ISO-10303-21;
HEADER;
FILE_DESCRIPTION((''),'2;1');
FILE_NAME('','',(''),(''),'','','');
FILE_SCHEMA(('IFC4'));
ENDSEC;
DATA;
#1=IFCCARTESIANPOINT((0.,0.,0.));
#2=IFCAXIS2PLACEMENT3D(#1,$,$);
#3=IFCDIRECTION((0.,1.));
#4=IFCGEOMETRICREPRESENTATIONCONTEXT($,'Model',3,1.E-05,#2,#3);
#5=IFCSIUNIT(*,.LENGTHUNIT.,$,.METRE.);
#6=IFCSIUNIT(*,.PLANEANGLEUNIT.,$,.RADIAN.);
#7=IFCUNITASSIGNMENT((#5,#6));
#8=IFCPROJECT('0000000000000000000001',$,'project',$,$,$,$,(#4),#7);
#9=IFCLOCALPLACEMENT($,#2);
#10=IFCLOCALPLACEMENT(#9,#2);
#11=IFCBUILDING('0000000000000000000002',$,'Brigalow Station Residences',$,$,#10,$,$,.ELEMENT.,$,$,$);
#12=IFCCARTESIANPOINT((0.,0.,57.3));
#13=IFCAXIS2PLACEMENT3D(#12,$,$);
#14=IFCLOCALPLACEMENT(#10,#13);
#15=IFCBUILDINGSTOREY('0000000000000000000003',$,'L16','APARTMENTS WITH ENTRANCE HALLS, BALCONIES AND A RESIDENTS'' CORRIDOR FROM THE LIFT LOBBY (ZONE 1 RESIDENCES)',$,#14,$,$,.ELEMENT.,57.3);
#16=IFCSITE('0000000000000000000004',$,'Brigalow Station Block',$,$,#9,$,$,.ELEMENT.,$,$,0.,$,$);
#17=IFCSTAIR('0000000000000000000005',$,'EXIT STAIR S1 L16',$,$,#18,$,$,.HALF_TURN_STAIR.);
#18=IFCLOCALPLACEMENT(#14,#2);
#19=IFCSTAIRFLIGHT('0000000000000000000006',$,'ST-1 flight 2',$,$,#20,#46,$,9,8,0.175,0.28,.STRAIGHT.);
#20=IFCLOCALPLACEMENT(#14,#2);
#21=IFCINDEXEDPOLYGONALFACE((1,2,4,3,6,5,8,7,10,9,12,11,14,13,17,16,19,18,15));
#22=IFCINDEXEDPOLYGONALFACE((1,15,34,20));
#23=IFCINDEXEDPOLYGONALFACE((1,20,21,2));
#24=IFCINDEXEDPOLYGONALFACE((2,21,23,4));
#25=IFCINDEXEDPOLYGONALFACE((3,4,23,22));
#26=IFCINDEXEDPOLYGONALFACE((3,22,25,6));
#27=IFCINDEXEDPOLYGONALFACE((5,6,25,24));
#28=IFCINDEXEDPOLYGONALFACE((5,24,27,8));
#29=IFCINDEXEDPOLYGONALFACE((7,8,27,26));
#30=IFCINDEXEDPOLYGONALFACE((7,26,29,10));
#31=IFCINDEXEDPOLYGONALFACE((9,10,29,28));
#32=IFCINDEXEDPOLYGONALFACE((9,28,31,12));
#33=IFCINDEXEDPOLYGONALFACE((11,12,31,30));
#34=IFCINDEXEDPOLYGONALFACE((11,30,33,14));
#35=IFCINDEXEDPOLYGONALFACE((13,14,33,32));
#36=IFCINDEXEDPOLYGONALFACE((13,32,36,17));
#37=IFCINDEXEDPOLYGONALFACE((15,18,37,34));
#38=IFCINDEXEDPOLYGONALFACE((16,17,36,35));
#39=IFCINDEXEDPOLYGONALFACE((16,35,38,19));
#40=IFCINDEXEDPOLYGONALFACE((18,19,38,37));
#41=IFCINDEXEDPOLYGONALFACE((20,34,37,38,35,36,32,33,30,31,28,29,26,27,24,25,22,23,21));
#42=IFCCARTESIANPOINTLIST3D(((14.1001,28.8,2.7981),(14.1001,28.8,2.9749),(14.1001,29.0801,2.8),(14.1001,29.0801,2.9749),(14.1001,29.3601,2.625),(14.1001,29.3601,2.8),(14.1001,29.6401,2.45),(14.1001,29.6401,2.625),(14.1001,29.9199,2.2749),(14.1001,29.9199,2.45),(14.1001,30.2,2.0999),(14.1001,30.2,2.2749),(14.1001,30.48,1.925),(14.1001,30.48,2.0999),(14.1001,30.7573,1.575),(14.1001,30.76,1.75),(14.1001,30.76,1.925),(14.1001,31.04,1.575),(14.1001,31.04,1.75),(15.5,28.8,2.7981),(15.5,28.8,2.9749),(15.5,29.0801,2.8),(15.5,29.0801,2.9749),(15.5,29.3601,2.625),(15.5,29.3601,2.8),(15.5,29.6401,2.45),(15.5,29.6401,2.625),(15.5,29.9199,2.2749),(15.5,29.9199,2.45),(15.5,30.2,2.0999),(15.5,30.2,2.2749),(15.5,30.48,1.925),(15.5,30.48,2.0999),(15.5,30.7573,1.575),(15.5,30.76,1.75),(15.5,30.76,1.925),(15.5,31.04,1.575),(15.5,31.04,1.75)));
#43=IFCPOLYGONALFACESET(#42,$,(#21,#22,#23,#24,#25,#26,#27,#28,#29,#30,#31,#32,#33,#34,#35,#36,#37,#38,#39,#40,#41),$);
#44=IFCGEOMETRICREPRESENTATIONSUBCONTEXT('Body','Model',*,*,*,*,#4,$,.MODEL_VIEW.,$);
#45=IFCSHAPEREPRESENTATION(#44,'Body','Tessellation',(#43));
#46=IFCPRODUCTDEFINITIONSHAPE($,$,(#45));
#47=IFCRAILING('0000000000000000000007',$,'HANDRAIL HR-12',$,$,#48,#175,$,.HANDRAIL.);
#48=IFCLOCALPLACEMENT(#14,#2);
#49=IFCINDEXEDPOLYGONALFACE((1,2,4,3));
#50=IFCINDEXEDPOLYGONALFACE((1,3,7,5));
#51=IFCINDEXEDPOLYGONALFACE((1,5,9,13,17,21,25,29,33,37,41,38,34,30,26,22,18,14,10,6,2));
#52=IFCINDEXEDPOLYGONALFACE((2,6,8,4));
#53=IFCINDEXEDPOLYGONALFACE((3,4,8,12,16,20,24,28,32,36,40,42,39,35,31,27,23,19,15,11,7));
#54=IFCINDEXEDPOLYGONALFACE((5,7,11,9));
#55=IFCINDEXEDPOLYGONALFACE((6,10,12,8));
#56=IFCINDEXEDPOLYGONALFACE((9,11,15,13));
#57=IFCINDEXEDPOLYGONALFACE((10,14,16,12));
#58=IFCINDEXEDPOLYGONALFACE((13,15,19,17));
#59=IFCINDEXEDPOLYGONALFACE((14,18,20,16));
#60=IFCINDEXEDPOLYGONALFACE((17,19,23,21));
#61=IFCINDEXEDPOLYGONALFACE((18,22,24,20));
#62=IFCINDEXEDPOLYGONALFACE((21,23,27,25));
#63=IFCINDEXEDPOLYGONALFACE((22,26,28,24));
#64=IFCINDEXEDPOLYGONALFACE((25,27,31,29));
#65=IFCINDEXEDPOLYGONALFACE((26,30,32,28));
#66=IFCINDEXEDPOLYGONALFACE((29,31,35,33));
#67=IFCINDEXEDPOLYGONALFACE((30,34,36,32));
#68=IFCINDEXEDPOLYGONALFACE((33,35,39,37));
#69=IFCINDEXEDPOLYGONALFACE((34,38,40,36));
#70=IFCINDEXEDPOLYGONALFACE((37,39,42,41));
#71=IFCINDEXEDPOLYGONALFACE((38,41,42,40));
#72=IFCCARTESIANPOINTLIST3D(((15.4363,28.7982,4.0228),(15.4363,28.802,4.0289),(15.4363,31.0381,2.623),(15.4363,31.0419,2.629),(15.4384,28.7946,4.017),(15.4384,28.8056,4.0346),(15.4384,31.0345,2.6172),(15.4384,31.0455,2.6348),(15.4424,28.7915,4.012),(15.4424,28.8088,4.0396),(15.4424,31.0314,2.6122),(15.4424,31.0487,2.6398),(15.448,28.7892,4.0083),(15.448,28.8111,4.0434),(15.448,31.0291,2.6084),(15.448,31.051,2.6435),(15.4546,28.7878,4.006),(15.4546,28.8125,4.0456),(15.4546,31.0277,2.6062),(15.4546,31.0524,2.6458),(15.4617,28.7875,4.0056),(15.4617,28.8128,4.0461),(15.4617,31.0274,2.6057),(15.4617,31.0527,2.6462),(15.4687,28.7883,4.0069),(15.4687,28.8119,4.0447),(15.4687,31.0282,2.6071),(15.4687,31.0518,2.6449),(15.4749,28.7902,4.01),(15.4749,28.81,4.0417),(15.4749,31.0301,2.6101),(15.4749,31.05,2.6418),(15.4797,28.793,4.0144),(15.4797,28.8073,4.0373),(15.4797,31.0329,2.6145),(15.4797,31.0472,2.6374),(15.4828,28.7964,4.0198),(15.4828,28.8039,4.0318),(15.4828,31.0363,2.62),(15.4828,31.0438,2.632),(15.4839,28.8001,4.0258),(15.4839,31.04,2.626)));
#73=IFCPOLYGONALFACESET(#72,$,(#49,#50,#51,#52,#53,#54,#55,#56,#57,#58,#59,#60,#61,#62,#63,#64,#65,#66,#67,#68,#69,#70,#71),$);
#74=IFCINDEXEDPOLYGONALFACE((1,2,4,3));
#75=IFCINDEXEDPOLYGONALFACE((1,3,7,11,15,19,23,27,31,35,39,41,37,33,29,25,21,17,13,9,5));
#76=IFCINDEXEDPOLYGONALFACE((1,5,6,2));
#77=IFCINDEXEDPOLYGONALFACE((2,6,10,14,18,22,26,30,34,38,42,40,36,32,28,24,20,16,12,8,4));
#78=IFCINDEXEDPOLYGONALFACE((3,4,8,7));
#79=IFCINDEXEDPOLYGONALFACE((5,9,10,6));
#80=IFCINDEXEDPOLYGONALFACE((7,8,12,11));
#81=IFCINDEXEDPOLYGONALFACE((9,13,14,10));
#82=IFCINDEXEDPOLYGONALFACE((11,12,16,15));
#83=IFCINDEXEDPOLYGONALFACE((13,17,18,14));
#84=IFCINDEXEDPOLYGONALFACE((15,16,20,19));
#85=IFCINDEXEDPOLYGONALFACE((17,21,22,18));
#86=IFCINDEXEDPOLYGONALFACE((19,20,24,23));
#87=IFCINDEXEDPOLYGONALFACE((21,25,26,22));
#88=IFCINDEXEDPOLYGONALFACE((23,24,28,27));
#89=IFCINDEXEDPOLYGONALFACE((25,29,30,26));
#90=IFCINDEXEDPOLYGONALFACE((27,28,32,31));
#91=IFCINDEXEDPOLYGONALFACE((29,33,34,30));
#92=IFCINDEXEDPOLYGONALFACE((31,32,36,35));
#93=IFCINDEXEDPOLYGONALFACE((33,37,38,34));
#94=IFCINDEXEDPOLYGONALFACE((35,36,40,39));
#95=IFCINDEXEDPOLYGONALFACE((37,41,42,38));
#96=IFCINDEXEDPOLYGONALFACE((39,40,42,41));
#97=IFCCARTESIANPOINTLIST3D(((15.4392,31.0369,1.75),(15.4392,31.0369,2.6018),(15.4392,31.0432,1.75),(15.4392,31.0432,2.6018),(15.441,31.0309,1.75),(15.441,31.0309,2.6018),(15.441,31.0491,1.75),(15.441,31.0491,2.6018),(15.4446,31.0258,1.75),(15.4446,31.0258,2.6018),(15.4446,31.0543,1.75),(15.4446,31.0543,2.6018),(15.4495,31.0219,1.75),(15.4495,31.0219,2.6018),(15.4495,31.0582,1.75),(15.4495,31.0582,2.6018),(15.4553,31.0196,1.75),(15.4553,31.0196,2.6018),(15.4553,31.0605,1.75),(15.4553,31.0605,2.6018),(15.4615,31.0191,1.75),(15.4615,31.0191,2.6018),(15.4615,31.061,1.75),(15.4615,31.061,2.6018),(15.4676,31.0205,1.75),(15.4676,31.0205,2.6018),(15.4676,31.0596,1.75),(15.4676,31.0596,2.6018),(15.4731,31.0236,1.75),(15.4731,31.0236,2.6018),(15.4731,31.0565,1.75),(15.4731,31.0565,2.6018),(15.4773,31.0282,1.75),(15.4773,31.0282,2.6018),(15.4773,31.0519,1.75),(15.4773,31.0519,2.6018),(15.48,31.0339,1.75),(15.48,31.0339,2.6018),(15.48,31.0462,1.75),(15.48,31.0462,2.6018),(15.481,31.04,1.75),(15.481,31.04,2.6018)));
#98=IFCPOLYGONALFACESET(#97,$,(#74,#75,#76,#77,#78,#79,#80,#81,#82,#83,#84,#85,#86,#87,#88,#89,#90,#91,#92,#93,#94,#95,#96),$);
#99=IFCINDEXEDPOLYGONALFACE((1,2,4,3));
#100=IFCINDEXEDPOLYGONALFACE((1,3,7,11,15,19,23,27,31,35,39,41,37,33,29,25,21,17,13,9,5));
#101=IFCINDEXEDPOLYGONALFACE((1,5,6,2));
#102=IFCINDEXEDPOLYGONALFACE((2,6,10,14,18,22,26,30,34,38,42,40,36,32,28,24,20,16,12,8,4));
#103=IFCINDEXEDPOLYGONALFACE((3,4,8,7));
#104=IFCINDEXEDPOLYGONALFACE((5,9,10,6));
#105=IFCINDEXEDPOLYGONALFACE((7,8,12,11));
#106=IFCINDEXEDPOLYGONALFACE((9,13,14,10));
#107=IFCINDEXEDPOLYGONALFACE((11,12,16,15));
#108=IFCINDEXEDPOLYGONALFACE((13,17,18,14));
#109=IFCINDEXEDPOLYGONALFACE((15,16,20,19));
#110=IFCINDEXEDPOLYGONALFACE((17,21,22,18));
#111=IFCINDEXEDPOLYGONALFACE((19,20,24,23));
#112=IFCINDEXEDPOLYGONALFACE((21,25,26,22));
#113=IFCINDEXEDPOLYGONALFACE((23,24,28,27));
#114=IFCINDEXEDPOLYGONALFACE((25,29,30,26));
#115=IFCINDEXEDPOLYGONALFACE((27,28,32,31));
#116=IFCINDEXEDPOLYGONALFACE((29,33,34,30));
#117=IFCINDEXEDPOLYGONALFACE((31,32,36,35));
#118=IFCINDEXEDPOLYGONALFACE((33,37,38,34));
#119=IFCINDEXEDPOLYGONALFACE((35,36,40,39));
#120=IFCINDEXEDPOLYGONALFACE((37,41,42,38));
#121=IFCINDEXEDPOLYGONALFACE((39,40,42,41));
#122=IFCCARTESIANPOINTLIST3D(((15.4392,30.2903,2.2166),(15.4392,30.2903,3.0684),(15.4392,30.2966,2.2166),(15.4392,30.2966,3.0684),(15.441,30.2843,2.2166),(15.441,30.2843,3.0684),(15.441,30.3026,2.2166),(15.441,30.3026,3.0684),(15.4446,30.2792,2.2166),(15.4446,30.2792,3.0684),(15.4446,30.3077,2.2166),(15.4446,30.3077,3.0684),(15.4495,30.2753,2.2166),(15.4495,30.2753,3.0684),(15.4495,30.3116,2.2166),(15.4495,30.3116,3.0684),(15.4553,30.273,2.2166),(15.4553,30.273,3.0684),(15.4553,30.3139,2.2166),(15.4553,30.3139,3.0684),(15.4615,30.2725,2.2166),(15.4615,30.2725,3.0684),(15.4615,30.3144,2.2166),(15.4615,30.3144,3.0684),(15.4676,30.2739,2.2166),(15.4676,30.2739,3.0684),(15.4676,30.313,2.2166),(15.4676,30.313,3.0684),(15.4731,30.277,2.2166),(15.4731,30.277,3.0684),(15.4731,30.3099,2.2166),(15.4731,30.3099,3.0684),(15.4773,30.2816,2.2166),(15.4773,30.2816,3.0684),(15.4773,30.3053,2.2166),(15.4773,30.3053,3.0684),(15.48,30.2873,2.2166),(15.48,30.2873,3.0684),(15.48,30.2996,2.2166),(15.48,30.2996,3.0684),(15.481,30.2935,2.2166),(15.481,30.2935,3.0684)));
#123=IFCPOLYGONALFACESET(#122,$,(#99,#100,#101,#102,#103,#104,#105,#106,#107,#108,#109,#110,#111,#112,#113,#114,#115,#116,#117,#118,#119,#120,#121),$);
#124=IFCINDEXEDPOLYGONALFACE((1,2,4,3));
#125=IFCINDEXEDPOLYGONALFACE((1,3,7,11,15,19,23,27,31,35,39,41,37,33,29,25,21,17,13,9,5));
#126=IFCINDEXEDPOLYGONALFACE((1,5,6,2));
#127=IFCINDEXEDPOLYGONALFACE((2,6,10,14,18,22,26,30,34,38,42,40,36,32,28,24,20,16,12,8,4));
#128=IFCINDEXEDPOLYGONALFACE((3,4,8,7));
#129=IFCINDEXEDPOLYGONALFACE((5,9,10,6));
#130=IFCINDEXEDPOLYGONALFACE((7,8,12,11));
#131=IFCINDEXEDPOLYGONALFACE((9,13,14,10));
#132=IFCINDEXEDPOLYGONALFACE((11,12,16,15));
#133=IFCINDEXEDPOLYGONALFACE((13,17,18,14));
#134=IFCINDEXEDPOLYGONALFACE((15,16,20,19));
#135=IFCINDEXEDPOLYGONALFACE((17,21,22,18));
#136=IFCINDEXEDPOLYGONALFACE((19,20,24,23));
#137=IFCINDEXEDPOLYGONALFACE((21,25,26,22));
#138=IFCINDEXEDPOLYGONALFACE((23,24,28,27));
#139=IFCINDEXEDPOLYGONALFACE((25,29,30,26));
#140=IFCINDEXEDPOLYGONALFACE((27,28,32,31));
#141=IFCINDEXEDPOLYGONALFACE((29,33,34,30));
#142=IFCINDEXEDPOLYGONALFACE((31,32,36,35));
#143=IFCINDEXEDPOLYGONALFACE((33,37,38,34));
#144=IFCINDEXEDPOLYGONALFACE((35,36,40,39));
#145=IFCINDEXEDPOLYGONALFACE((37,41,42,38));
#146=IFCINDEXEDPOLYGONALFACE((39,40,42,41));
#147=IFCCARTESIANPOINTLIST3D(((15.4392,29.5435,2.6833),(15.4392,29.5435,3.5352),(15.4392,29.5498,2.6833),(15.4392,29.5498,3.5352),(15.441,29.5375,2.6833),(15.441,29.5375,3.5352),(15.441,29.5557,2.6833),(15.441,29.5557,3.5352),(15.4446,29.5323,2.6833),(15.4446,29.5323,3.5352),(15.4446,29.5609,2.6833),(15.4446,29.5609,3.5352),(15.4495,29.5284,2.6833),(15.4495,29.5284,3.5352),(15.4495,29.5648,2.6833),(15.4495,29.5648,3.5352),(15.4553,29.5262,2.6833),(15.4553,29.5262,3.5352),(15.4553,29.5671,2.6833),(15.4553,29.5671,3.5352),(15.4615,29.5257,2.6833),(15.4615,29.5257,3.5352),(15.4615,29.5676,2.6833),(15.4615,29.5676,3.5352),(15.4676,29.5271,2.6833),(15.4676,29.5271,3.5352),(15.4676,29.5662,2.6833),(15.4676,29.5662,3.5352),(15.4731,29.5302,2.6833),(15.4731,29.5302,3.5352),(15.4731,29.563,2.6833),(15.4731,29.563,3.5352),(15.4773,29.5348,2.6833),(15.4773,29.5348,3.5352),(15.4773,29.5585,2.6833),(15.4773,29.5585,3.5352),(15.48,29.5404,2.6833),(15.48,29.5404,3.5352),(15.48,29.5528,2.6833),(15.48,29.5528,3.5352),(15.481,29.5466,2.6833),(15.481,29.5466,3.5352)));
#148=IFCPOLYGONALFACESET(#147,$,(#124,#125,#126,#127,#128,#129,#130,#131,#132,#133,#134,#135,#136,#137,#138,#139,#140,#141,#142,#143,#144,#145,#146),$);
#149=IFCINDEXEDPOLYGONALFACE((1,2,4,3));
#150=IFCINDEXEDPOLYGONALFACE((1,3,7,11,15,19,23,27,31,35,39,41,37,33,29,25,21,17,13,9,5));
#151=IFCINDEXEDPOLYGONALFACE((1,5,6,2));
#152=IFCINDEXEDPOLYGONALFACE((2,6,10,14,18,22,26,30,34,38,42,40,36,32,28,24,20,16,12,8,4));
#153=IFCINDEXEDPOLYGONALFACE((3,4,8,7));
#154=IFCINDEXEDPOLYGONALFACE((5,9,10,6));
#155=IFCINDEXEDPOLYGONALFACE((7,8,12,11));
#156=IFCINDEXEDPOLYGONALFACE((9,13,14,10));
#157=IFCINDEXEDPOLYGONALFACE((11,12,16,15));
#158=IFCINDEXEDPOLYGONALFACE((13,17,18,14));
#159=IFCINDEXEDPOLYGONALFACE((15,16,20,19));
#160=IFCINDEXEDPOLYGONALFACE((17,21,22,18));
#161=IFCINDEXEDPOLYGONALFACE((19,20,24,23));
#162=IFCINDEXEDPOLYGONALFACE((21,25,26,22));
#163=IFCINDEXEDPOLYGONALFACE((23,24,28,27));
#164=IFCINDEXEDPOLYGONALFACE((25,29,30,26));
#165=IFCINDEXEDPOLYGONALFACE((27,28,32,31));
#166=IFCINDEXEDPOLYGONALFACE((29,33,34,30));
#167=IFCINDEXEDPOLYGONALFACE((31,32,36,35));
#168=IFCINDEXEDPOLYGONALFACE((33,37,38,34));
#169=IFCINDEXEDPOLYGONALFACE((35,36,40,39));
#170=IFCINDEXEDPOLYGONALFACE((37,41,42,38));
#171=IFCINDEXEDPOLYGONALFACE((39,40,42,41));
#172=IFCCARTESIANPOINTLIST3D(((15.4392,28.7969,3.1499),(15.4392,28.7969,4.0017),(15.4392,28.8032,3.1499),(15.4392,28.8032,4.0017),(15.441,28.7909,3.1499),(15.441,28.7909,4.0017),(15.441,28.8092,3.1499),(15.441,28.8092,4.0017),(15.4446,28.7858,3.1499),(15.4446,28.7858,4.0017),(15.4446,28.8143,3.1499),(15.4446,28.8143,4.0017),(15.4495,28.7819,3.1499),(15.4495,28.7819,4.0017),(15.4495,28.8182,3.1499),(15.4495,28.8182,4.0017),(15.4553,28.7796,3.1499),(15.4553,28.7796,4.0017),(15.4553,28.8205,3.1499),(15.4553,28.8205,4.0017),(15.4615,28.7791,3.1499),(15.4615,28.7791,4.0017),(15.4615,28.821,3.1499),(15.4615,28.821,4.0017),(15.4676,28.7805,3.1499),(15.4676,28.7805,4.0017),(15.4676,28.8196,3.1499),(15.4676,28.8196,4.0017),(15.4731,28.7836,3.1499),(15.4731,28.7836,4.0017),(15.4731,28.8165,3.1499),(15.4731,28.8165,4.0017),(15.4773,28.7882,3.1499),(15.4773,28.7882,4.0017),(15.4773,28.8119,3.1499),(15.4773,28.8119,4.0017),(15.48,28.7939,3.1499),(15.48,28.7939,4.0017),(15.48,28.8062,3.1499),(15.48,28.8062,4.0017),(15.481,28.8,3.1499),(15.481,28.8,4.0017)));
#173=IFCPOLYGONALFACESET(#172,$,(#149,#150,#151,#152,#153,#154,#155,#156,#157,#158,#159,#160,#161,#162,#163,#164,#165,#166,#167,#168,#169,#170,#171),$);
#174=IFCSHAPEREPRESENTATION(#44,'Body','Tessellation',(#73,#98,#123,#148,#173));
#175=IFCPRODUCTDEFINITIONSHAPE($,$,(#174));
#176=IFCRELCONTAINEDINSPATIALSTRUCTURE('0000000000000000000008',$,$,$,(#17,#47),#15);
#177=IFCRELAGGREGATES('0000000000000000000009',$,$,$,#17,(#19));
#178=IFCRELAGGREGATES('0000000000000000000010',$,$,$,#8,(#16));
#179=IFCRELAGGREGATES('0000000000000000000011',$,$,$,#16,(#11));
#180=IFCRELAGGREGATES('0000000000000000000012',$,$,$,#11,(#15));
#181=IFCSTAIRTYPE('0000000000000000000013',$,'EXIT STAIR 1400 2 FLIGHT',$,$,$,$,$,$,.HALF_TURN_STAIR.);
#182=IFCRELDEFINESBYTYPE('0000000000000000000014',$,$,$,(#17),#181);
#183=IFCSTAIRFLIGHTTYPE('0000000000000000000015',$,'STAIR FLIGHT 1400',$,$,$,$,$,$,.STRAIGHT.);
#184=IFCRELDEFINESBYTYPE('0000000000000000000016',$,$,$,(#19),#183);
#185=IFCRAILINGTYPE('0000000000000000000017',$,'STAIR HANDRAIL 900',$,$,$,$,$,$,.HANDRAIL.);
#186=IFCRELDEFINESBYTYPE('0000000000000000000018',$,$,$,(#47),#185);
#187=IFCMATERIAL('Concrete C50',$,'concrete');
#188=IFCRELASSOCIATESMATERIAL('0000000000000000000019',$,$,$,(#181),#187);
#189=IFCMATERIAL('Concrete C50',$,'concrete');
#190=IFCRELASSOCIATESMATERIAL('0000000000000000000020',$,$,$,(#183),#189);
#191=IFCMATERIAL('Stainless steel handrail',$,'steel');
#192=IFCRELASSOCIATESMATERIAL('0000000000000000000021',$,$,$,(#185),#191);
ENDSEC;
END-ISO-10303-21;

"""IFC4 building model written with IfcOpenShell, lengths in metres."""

from ifc_helpers import new_model, si_unit, direction, frame, origin, origin_2d, place, context, subcontext, project, spatial, polyline, circle, outline, extrude, material, type_object, element, aggregate, save


model = new_model("IFC4")

# Units and contexts
model_context = context("Model", 3, precision=1e-05, world=origin(), true_north=direction((0.0, 1.0)))
body_context = subcontext(model_context, "Body", "Model", "MODEL_VIEW")
ifc_project = project(units=[si_unit("LENGTHUNIT", "METRE"), si_unit("PLANEANGLEUNIT", "RADIAN")], contexts=[model_context])

# Site, building, storey
site_placement = place(None, origin())
site = spatial("IfcSite", under=ifc_project, at=site_placement, Name="Brigalow Station Block", CompositionType="ELEMENT", RefElevation=0.0)
building_placement = place(site_placement, origin())
building = spatial("IfcBuilding", under=site, at=building_placement, Name="Brigalow Station Residences", CompositionType="ELEMENT")
storey_placement = place(building_placement, frame((0.0, 0.0, 57.3)))
storey = spatial("IfcBuildingStorey", under=building, at=storey_placement, Name="L16", Description="APARTMENTS WITH ENTRANCE HALLS, BALCONIES AND A RESIDENTS' CORRIDOR FROM THE LIFT LOBBY (ZONE 1 RESIDENCES)", CompositionType="ELEMENT", Elevation=57.3)

# Stair, stair flight
ifc_material_1 = material(Name="Concrete C50", Category="concrete")
stair_type = type_object("IfcStairType", Name="EXIT STAIR 1400 2 FLIGHT", PredefinedType="HALF_TURN_STAIR", material=ifc_material_1)
stair_placement = place(storey_placement, origin())
stair = element("IfcStair", 1, at=stair_placement, inside=storey, type_object=stair_type, Name="EXIT STAIR S1 L16", PredefinedType="HALF_TURN_STAIR")
ifc_material_2 = material(Name="Concrete C50", Category="concrete")
stair_flight_type = type_object("IfcStairFlightType", Name="STAIR FLIGHT 1400", PredefinedType="STRAIGHT", material=ifc_material_2)
stair_flight_1_placement = place(storey_placement, frame((14.8, 31.04, 1.575), z_axis=(0.0, 0.0, 1.0), x_axis=(0.0, -1.0, 0.0)))
stair_flight_1 = element("IfcStairFlight", 2, at=stair_flight_1_placement, type_object=stair_flight_type, Name="ST-1 flight 2", NumberOfRisers=9, NumberOfTreads=8, PredefinedType="STRAIGHT", RiserHeight=0.175, TreadLength=0.28, context=body_context, shape_type="SweptSolid", body=[
    extrude(outline(polyline([(0.0, 0.0), (0.0, 0.175), (0.28, 0.175), (0.28, 0.3501), (0.5601, 0.3501), (0.5601, 0.5249), (0.8401, 0.5249), (0.8401, 0.7), (1.1201, 0.7), (1.1201, 0.875), (1.3999, 0.875), (1.3999, 1.05), (1.6799, 1.05), (1.6799, 1.2251), (1.96, 1.2251), (1.96, 1.3999), (2.24, 1.3999), (2.24, 1.575), (2.24, 1.2231), (0.2827, 0.0), (0.0, 0.0)])), frame((0.0, 0.7, 0.0), z_axis=(0.0, -1.0, 0.0), x_axis=(1.0, 0.0, 0.0)), (0.0, 0.0, 1.0), 1.3999),
])
aggregate(stair, [stair_flight_1])

# Railing
ifc_material_3 = material(Name="Stainless steel handrail", Category="steel")
railing_type_1 = type_object("IfcRailingType", Name="STAIR HANDRAIL 900", PredefinedType="HANDRAIL", material=ifc_material_3)
railing_1_placement = place(storey_placement, frame((15.46, 31.04, 1.75)))
element("IfcRailing", 3, at=railing_1_placement, inside=storey, type_object=railing_type_1, Name="HANDRAIL HR-12", PredefinedType="HANDRAIL", context=body_context, shape_type="SweptSolid", body=[
    extrude(circle(Radius=0.0239, at=origin_2d()), frame((0.0, 0.0, 0.876), z_axis=(0.0, -0.848014, 0.529974), x_axis=(1.0, 0.0, 0.0)), (0.0, 0.0, 1.0), 2.6414),
    extrude(circle(Radius=0.021, at=origin_2d()), origin(), (0.0, 0.0, 1.0), 0.8518),
    extrude(circle(Radius=0.021, at=origin_2d()), frame((0.0, -0.7466, 0.4666)), (0.0, 0.0, 1.0), 0.8518),
    extrude(circle(Radius=0.021, at=origin_2d()), frame((0.0, -1.4934, 0.9333)), (0.0, 0.0, 1.0), 0.8518),
    extrude(circle(Radius=0.021, at=origin_2d()), frame((0.0, -2.24, 1.3999)), (0.0, 0.0, 1.0), 0.8518),
])

save(model, "model.ifc")
